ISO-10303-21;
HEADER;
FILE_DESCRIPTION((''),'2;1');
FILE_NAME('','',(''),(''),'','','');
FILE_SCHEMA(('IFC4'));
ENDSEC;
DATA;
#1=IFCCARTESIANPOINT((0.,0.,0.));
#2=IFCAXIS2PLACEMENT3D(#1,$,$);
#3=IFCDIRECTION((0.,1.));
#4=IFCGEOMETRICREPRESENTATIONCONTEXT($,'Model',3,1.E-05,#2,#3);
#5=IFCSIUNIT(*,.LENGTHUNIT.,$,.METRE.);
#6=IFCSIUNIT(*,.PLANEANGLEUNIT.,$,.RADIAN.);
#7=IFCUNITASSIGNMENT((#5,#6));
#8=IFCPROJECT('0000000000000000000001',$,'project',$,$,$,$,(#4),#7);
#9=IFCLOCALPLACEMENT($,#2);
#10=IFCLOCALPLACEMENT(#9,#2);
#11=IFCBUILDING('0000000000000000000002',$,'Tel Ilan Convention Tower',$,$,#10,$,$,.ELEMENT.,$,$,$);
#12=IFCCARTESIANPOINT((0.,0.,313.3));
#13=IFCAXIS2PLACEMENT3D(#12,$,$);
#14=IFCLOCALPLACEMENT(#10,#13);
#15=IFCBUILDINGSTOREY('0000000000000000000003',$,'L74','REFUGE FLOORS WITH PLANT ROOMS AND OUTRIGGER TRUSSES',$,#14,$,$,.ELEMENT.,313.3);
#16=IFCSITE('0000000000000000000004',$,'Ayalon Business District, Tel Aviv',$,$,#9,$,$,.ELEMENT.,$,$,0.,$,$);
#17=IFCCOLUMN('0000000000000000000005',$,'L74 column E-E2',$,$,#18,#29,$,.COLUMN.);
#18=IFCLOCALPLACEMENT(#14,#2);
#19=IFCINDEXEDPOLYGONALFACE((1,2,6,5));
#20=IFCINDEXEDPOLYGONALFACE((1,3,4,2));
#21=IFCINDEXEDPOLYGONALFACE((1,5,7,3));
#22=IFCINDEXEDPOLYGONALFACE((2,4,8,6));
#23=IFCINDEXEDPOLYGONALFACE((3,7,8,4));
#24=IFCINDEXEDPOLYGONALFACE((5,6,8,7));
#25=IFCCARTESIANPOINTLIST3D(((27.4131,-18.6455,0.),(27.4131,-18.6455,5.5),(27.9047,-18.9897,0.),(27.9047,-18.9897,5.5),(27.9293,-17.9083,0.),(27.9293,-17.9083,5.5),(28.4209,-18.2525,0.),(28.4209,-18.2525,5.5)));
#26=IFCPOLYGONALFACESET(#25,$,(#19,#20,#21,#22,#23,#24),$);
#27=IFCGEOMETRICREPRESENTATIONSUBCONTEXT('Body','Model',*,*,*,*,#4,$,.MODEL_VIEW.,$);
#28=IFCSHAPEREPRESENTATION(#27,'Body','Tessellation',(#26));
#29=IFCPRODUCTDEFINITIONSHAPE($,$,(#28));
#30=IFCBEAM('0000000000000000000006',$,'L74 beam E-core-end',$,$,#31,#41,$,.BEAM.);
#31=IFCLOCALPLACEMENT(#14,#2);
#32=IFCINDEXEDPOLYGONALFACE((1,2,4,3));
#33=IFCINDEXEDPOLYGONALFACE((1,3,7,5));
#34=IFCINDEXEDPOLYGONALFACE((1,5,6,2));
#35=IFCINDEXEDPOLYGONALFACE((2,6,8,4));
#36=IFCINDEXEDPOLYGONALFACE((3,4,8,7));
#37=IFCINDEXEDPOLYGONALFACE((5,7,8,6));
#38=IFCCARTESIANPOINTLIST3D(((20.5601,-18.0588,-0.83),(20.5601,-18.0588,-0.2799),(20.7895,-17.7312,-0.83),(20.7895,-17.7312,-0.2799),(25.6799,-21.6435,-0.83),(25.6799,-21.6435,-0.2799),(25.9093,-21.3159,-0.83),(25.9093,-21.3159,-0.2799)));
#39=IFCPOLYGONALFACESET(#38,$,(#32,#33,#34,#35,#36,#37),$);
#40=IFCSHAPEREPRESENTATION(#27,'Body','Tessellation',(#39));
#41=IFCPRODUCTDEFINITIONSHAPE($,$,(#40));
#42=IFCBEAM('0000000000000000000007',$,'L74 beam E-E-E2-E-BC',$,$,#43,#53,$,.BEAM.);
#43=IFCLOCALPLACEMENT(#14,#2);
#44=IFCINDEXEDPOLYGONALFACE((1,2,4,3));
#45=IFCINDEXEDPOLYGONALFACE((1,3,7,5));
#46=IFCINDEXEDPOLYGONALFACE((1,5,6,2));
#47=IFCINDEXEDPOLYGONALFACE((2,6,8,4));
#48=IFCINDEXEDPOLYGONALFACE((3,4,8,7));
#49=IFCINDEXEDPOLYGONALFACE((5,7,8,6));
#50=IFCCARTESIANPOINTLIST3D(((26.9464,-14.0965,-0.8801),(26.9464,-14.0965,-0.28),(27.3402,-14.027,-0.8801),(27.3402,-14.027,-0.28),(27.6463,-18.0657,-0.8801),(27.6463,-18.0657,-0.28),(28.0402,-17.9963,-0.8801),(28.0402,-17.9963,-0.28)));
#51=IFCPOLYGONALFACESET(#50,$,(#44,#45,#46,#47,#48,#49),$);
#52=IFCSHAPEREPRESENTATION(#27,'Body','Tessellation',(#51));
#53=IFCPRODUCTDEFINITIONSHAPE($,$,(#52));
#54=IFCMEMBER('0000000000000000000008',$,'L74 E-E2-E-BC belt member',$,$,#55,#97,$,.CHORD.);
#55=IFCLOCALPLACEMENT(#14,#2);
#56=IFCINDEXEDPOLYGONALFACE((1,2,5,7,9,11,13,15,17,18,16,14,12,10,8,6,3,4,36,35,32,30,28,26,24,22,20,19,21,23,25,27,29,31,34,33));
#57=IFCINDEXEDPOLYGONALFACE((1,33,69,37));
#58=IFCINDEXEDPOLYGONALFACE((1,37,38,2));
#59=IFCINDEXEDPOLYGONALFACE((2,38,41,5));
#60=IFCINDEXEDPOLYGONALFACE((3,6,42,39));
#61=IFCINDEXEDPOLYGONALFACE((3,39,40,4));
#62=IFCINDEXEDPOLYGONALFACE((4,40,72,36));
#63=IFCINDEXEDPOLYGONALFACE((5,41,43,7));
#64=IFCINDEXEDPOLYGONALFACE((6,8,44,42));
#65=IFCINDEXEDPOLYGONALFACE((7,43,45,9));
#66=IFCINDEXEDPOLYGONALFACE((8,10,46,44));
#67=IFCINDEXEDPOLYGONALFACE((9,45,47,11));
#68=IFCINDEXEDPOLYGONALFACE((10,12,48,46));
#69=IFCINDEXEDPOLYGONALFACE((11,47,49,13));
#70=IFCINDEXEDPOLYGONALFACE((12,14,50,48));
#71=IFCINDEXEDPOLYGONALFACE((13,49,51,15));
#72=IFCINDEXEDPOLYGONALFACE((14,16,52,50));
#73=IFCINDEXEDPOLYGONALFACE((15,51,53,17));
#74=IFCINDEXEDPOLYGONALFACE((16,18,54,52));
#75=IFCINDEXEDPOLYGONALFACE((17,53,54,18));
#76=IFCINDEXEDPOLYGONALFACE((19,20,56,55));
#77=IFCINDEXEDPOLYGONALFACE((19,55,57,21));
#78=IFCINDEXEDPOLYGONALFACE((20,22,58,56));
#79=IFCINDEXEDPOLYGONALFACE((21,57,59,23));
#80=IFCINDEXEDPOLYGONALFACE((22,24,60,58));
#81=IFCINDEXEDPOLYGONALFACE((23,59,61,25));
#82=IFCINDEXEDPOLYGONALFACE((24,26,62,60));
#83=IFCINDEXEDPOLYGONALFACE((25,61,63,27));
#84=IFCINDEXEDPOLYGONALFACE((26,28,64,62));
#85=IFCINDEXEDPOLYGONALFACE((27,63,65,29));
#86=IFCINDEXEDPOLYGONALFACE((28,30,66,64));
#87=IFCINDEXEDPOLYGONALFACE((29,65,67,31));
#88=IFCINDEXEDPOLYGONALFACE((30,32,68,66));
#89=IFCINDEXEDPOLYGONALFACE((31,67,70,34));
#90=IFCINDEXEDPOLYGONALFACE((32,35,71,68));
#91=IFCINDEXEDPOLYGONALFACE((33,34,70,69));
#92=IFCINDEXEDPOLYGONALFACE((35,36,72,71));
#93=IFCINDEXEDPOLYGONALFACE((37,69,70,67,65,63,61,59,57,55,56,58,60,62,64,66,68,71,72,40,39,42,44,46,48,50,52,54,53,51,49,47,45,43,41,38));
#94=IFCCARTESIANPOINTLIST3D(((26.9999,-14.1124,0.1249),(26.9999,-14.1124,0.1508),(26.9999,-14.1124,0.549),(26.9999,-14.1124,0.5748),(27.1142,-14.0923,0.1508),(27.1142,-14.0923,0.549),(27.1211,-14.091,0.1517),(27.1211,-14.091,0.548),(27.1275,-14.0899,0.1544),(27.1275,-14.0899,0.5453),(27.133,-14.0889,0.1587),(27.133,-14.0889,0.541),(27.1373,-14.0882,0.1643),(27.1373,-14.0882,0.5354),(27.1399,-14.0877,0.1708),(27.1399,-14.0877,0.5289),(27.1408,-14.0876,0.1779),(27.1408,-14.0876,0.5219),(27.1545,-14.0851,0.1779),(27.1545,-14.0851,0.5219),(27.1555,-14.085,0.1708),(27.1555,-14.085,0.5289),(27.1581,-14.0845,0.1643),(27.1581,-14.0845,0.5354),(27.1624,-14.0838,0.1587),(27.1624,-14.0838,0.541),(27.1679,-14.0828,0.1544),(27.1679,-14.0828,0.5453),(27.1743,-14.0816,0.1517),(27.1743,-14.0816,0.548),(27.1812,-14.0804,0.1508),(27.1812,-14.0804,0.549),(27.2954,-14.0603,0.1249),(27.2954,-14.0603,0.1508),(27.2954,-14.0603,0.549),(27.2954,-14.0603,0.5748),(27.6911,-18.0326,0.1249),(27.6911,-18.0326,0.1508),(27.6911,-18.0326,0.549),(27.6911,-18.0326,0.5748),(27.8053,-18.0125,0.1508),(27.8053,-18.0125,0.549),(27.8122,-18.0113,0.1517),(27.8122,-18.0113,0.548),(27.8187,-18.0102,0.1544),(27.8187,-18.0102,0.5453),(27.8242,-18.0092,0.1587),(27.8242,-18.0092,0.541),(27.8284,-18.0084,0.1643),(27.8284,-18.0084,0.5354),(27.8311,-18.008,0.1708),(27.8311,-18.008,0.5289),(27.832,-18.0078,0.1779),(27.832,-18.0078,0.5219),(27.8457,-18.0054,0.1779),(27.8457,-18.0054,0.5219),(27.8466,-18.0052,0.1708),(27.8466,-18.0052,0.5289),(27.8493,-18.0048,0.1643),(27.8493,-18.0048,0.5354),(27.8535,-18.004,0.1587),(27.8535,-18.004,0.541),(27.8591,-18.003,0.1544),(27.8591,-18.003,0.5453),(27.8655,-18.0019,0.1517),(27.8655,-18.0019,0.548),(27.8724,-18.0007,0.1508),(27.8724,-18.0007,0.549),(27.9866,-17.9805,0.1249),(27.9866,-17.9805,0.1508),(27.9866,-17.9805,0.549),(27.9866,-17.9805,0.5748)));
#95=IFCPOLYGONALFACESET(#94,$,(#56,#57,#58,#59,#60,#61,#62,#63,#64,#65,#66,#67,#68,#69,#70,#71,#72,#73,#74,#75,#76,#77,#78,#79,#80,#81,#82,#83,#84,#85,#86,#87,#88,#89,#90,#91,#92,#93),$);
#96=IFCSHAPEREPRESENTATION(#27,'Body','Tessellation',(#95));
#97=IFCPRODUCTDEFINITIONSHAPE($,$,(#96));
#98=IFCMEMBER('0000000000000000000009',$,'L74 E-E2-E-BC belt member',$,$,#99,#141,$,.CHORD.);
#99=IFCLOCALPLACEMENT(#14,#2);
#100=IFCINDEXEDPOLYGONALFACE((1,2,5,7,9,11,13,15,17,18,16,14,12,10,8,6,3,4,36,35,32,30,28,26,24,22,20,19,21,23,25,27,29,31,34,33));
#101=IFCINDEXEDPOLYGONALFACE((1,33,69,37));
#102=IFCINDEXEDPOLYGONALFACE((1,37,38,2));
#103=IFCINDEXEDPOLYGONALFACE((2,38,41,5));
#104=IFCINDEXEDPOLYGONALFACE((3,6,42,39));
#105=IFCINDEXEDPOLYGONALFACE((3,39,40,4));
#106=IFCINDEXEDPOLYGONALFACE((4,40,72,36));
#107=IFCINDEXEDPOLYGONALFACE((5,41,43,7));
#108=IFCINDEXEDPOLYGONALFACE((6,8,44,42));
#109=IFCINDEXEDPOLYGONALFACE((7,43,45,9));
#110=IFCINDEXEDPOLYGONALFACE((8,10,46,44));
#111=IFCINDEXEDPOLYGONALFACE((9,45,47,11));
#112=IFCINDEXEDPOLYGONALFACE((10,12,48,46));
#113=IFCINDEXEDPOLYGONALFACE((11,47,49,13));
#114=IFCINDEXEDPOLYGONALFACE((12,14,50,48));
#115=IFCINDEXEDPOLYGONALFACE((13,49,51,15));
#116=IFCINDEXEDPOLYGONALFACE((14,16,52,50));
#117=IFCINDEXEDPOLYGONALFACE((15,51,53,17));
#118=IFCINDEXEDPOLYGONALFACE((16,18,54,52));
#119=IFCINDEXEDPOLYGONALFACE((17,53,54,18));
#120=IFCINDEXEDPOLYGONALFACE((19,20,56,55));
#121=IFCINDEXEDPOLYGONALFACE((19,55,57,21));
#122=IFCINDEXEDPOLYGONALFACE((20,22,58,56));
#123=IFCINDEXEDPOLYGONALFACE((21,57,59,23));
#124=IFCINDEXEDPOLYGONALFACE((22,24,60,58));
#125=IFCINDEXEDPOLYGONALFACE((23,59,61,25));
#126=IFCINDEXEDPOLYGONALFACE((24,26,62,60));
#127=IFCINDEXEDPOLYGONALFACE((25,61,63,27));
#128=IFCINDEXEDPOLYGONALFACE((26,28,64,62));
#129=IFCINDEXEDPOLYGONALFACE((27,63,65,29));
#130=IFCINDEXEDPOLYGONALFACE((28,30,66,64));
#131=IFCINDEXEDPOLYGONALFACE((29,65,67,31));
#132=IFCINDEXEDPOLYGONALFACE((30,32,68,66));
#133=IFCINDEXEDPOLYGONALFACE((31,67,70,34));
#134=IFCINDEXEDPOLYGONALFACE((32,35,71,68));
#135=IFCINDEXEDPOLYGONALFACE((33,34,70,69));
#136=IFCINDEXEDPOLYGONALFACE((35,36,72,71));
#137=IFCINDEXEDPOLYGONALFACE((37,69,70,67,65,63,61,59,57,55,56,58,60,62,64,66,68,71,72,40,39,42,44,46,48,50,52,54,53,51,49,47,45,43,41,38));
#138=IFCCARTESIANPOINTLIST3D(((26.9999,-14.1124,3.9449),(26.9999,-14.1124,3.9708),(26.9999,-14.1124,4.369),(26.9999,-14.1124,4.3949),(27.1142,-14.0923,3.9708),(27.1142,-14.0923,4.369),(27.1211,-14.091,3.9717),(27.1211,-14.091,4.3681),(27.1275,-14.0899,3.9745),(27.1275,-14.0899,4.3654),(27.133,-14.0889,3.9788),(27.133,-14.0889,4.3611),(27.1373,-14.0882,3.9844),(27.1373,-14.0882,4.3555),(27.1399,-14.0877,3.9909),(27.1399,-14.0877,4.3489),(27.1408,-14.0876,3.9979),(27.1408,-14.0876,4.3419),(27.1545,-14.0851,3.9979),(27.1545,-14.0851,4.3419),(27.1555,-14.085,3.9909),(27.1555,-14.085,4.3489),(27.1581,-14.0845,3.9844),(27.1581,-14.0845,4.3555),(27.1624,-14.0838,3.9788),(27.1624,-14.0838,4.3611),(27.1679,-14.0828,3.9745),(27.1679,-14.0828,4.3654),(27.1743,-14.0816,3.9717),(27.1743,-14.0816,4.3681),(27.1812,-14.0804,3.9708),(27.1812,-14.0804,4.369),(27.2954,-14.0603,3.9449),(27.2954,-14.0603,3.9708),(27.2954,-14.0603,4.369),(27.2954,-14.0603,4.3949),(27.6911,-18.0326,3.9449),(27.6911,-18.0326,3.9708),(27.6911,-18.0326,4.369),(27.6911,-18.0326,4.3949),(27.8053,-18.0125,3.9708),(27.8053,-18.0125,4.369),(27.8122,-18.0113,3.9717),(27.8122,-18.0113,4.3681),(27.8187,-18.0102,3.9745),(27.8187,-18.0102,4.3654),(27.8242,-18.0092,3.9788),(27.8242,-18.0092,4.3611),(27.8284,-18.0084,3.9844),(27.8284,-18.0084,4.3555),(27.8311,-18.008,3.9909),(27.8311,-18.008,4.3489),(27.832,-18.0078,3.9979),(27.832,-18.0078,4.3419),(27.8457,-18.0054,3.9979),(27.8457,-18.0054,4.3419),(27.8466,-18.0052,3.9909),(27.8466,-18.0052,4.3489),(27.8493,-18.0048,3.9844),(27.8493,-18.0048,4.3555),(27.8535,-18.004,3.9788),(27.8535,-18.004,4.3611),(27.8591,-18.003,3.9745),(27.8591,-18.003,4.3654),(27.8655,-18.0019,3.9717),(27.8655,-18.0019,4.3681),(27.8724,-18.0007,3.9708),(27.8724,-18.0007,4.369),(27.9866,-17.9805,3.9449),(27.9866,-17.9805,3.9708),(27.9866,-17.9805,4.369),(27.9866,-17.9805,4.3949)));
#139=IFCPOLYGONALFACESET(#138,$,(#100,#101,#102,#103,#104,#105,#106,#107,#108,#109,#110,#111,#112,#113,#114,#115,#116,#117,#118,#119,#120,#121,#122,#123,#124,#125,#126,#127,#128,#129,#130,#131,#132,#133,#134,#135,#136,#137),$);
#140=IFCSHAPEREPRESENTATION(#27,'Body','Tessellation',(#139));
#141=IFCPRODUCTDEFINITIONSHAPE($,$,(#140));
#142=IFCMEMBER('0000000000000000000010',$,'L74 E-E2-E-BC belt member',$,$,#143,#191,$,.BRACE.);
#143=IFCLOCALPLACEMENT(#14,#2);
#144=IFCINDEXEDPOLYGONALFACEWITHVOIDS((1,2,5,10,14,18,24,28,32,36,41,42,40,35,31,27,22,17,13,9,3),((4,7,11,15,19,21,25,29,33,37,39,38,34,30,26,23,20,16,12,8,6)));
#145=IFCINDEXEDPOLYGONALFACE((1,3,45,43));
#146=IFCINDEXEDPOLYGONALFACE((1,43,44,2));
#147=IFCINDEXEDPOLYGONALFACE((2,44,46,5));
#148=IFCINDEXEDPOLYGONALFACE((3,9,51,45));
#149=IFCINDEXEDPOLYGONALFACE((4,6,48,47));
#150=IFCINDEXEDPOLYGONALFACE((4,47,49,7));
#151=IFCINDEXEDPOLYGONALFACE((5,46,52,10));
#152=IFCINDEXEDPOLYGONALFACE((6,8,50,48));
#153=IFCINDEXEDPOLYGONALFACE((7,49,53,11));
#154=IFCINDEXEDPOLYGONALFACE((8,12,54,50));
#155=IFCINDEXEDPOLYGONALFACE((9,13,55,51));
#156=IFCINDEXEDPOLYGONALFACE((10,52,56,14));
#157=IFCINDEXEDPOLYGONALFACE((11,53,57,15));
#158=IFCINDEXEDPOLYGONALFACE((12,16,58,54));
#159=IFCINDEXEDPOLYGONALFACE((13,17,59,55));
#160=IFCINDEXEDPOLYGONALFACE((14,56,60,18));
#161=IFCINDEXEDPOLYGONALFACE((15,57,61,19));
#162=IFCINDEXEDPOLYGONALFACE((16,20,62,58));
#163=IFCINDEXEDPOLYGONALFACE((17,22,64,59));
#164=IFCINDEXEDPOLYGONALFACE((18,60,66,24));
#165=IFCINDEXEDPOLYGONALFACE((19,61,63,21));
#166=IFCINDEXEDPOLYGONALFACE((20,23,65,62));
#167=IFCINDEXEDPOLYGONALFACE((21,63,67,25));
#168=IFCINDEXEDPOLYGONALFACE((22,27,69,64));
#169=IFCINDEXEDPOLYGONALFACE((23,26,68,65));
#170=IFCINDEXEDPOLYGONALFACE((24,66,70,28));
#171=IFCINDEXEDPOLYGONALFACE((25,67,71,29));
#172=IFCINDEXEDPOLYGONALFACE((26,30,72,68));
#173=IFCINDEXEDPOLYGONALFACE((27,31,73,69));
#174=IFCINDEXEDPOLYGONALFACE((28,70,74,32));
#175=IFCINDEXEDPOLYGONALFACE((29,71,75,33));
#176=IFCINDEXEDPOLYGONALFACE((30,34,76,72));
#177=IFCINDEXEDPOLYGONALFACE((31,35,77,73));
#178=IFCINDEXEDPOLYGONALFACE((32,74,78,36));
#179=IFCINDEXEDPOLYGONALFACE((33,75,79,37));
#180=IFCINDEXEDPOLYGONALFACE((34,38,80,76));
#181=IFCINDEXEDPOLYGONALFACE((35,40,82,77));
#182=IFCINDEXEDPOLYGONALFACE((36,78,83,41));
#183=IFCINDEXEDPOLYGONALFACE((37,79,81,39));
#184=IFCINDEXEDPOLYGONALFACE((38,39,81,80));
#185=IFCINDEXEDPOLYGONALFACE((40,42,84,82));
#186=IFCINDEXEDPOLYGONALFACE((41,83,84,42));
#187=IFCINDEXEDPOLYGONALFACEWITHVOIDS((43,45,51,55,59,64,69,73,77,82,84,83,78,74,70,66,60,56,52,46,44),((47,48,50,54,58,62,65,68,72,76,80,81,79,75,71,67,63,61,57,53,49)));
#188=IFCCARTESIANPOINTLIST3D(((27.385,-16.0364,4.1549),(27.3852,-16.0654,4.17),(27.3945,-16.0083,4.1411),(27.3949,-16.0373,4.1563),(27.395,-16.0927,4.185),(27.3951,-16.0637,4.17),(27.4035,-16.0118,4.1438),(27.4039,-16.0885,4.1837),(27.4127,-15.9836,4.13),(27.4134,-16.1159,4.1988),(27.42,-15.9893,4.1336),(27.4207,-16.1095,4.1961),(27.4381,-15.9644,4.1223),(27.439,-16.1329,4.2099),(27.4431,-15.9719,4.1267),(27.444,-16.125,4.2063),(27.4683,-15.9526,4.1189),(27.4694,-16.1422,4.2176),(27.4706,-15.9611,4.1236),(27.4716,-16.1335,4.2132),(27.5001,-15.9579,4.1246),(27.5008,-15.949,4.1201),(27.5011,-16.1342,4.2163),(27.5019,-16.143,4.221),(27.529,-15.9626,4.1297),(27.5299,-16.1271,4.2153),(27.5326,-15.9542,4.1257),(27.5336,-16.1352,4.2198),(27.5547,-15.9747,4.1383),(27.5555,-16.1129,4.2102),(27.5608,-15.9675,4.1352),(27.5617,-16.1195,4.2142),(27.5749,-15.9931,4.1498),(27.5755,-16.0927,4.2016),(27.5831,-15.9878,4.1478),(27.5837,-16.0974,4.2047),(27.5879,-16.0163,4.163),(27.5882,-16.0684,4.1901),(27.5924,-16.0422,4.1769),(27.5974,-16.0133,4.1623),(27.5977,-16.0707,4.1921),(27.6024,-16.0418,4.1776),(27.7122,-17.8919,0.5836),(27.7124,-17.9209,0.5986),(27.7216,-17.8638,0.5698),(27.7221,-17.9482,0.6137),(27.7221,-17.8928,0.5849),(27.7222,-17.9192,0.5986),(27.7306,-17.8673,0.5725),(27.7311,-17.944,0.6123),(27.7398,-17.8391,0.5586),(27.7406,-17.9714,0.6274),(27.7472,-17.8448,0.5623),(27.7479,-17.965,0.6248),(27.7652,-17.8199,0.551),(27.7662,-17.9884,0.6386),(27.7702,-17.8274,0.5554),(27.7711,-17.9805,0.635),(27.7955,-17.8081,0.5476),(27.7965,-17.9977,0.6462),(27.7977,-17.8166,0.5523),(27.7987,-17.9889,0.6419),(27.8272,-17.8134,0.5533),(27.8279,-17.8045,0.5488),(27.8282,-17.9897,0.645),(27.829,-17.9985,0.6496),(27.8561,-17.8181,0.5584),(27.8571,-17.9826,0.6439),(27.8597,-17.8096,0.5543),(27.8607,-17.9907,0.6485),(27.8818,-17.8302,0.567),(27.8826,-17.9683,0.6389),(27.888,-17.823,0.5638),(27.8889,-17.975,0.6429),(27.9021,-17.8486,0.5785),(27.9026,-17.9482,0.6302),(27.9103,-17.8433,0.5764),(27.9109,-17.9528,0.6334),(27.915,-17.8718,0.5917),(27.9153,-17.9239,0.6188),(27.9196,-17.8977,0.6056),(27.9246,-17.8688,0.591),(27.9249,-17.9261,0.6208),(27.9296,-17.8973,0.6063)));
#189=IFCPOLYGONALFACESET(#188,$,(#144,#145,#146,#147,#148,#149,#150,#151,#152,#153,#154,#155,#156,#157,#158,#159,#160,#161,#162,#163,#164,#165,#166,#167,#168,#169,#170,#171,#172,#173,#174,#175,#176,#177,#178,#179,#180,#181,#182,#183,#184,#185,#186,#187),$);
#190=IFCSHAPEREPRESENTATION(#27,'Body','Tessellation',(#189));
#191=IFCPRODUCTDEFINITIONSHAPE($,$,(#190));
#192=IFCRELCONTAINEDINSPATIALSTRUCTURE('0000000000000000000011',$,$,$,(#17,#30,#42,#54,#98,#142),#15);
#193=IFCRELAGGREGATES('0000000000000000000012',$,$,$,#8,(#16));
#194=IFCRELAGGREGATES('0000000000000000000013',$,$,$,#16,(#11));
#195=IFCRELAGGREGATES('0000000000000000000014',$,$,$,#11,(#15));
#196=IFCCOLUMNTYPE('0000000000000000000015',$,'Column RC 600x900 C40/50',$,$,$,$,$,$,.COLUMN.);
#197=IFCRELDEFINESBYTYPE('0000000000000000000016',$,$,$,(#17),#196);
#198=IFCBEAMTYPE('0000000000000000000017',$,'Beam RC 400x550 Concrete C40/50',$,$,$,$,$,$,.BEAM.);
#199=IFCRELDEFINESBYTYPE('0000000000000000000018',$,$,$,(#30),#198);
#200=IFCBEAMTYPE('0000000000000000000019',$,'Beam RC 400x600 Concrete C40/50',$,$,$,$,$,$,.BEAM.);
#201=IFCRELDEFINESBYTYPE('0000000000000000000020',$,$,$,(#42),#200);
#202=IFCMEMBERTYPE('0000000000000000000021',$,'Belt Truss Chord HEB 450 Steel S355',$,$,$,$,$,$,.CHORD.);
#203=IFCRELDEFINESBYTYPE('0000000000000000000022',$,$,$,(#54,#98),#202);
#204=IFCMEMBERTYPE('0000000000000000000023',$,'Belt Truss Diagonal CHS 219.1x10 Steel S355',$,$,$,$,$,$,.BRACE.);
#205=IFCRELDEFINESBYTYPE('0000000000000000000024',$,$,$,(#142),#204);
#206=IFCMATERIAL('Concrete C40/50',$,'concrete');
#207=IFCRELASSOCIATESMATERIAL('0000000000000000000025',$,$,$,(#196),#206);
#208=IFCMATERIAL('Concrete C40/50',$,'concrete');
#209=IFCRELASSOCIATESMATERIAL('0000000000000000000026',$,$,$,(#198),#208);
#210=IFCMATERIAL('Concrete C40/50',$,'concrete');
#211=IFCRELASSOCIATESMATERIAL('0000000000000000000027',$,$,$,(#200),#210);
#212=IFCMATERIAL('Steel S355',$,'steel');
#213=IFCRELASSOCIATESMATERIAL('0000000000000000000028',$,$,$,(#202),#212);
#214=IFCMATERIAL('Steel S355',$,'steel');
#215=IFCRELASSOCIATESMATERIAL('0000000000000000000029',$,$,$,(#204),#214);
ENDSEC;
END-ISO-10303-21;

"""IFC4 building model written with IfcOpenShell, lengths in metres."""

from ifc_helpers import new_model, si_unit, direction, frame, origin, origin_2d, place, context, subcontext, project, spatial, rectangle, hollow_circle, i_section, extrude, material, material_profile, profile_set, type_object, element, save


model = new_model("IFC4")

# Units and contexts
model_context = context("Model", 3, precision=1e-05, world=origin(), true_north=direction((0.0, 1.0)))
body_context = subcontext(model_context, "Body", "Model", "MODEL_VIEW")
ifc_project = project(units=[si_unit("LENGTHUNIT", "METRE"), si_unit("PLANEANGLEUNIT", "RADIAN")], contexts=[model_context])

# Site, building, storey
site_placement = place(None, origin())
site = spatial("IfcSite", under=ifc_project, at=site_placement, Name="Ayalon Business District, Tel Aviv", CompositionType="ELEMENT", RefElevation=0.0)
building_placement = place(site_placement, origin())
building = spatial("IfcBuilding", under=site, at=building_placement, Name="Tel Ilan Convention Tower", CompositionType="ELEMENT")
storey_placement = place(building_placement, frame((0.0, 0.0, 313.3)))
storey = spatial("IfcBuildingStorey", under=building, at=storey_placement, Name="L74", Description="REFUGE FLOORS WITH PLANT ROOMS AND OUTRIGGER TRUSSES", CompositionType="ELEMENT", Elevation=313.3)

# Column
ifc_material_1 = material(Name="Concrete C40/50", Category="concrete")
ifc_material_profile_1 = material_profile(ifc_material_1, rectangle(XDim=0.8999, YDim=0.6001, at=origin_2d()), Name="RC 600x900")
ifc_profile_set_1 = profile_set([ifc_material_profile_1], Name="Concrete C40/50")
column_type = type_object("IfcColumnType", Name="Column RC 600x900 C40/50", PredefinedType="COLUMN", material=ifc_profile_set_1)
column_placement = place(storey_placement, frame((27.917, -18.449, 0.0), z_axis=(0.0, 0.0, 1.0), x_axis=(0.573576, 0.819152, 0.0)))
element("IfcColumn", 1, at=column_placement, inside=storey, type_object=column_type, Name="L74 column E-E2", PredefinedType="COLUMN", context=body_context, shape_type="SweptSolid", body=[
    extrude(rectangle(XDim=0.8999, YDim=0.6001, at=origin_2d()), origin(), (0.0, 0.0, 1.0), 5.5),
])

# Beams
ifc_material_2 = material(Name="Concrete C40/50", Category="concrete")
ifc_material_profile_2 = material_profile(ifc_material_2, rectangle(XDim=0.3999, YDim=0.55, at=origin_2d()), Name="RC 400x550")
ifc_profile_set_2 = profile_set([ifc_material_profile_2], Name="Concrete C40/50")
beam_type_1 = type_object("IfcBeamType", Name="Beam RC 400x550 Concrete C40/50", PredefinedType="BEAM", material=ifc_profile_set_2)
beam_1_placement = place(storey_placement, frame((20.6748, -17.895, -0.5549), z_axis=(0.819171, -0.573549, 0.0), x_axis=(0.573549, 0.819171, 0.0)))
element("IfcBeam", 2, at=beam_1_placement, inside=storey, type_object=beam_type_1, Name="L74 beam E-core-end", PredefinedType="BEAM", context=body_context, shape_type="SweptSolid", body=[
    extrude(rectangle(XDim=0.3999, YDim=0.55, at=origin_2d()), origin(), (0.0, 0.0, 1.0), 6.25),
])
ifc_material_3 = material(Name="Concrete C40/50", Category="concrete")
ifc_material_profile_3 = material_profile(ifc_material_3, rectangle(XDim=0.3999, YDim=0.6001, at=origin_2d()), Name="RC 400x600")
ifc_profile_set_3 = profile_set([ifc_material_profile_3], Name="Concrete C40/50")
beam_type_2 = type_object("IfcBeamType", Name="Beam RC 400x600 Concrete C40/50", PredefinedType="BEAM", material=ifc_profile_set_3)
beam_2_placement = place(storey_placement, frame((27.8433, -18.031, -0.5801), z_axis=(-0.173664, 0.984805, 0.0), x_axis=(-0.984805, -0.173664, 0.0)))
element("IfcBeam", 3, at=beam_2_placement, inside=storey, type_object=beam_type_2, Name="L74 beam E-E-E2-E-BC", PredefinedType="BEAM", context=body_context, shape_type="SweptSolid", body=[
    extrude(rectangle(XDim=0.3999, YDim=0.6001, at=origin_2d()), origin(), (0.0, 0.0, 1.0), 4.0305),
])

# Members
ifc_material_4 = material(Name="Steel S355", Category="steel")
ifc_material_profile_4 = material_profile(ifc_material_4, i_section(OverallWidth=0.3, OverallDepth=0.45, WebThickness=0.0139, FlangeThickness=0.0259, FilletRadius=0.0271, at=origin_2d()), Name="HEB 450")
ifc_profile_set_4 = profile_set([ifc_material_profile_4], Name="Steel S355")
member_type_1 = type_object("IfcMemberType", Name="Belt Truss Chord HEB 450 Steel S355", PredefinedType="CHORD", material=ifc_profile_set_4)
for number, where, z_axis, x_axis, name in (
    (4, (27.8389, -18.0066, 0.3499), (-0.173631, 0.984811, 0.0), (-0.984811, -0.173631, 0.0), "L74 E-E2-E-BC belt member"),
    (5, (27.8389, -18.0066, 4.1699), (-0.173631, 0.984811, 0.0), (-0.984811, -0.173631, 0.0), "L74 E-E2-E-BC belt member"),
):
    element("IfcMember", number, at=place(storey_placement, frame(where, z_axis=z_axis, x_axis=x_axis)), inside=storey, type_object=member_type_1, Name=name, PredefinedType="CHORD", context=body_context, shape_type="SweptSolid", body=[
        extrude(i_section(OverallWidth=0.3, OverallDepth=0.45, WebThickness=0.0139, FlangeThickness=0.0259, FilletRadius=0.0271, at=origin_2d()), origin(), (0.0, 0.0, 1.0), 3.9807),
    ])
ifc_material_5 = material(Name="Steel S355", Category="steel")
ifc_material_profile_5 = material_profile(ifc_material_5, hollow_circle(Radius=0.1096, WallThickness=0.01, at=origin_2d()), Name="CHS 219.1x10")
ifc_profile_set_5 = profile_set([ifc_material_profile_5], Name="Steel S355")
member_type_2 = type_object("IfcMemberType", Name="Belt Truss Diagonal CHS 219.1x10 Steel S355", PredefinedType="BRACE", material=ifc_profile_set_5)
for number, where, z_axis, x_axis, name in (
    (6, (27.8203, -17.9019, 0.5986), (-0.081021, 0.459524, 0.884462), (-0.98481, -0.173637, 0.0), "L74 E-E2-E-BC belt member"),
):
    element("IfcMember", number, at=place(storey_placement, frame(where, z_axis=z_axis, x_axis=x_axis)), inside=storey, type_object=member_type_2, Name=name, PredefinedType="BRACE", context=body_context, shape_type="SweptSolid", body=[
        extrude(hollow_circle(Radius=0.1096, WallThickness=0.01, at=origin_2d()), origin(), (0.0, 0.0, 1.0), 4.0378),
    ])

save(model, "model.ifc")
